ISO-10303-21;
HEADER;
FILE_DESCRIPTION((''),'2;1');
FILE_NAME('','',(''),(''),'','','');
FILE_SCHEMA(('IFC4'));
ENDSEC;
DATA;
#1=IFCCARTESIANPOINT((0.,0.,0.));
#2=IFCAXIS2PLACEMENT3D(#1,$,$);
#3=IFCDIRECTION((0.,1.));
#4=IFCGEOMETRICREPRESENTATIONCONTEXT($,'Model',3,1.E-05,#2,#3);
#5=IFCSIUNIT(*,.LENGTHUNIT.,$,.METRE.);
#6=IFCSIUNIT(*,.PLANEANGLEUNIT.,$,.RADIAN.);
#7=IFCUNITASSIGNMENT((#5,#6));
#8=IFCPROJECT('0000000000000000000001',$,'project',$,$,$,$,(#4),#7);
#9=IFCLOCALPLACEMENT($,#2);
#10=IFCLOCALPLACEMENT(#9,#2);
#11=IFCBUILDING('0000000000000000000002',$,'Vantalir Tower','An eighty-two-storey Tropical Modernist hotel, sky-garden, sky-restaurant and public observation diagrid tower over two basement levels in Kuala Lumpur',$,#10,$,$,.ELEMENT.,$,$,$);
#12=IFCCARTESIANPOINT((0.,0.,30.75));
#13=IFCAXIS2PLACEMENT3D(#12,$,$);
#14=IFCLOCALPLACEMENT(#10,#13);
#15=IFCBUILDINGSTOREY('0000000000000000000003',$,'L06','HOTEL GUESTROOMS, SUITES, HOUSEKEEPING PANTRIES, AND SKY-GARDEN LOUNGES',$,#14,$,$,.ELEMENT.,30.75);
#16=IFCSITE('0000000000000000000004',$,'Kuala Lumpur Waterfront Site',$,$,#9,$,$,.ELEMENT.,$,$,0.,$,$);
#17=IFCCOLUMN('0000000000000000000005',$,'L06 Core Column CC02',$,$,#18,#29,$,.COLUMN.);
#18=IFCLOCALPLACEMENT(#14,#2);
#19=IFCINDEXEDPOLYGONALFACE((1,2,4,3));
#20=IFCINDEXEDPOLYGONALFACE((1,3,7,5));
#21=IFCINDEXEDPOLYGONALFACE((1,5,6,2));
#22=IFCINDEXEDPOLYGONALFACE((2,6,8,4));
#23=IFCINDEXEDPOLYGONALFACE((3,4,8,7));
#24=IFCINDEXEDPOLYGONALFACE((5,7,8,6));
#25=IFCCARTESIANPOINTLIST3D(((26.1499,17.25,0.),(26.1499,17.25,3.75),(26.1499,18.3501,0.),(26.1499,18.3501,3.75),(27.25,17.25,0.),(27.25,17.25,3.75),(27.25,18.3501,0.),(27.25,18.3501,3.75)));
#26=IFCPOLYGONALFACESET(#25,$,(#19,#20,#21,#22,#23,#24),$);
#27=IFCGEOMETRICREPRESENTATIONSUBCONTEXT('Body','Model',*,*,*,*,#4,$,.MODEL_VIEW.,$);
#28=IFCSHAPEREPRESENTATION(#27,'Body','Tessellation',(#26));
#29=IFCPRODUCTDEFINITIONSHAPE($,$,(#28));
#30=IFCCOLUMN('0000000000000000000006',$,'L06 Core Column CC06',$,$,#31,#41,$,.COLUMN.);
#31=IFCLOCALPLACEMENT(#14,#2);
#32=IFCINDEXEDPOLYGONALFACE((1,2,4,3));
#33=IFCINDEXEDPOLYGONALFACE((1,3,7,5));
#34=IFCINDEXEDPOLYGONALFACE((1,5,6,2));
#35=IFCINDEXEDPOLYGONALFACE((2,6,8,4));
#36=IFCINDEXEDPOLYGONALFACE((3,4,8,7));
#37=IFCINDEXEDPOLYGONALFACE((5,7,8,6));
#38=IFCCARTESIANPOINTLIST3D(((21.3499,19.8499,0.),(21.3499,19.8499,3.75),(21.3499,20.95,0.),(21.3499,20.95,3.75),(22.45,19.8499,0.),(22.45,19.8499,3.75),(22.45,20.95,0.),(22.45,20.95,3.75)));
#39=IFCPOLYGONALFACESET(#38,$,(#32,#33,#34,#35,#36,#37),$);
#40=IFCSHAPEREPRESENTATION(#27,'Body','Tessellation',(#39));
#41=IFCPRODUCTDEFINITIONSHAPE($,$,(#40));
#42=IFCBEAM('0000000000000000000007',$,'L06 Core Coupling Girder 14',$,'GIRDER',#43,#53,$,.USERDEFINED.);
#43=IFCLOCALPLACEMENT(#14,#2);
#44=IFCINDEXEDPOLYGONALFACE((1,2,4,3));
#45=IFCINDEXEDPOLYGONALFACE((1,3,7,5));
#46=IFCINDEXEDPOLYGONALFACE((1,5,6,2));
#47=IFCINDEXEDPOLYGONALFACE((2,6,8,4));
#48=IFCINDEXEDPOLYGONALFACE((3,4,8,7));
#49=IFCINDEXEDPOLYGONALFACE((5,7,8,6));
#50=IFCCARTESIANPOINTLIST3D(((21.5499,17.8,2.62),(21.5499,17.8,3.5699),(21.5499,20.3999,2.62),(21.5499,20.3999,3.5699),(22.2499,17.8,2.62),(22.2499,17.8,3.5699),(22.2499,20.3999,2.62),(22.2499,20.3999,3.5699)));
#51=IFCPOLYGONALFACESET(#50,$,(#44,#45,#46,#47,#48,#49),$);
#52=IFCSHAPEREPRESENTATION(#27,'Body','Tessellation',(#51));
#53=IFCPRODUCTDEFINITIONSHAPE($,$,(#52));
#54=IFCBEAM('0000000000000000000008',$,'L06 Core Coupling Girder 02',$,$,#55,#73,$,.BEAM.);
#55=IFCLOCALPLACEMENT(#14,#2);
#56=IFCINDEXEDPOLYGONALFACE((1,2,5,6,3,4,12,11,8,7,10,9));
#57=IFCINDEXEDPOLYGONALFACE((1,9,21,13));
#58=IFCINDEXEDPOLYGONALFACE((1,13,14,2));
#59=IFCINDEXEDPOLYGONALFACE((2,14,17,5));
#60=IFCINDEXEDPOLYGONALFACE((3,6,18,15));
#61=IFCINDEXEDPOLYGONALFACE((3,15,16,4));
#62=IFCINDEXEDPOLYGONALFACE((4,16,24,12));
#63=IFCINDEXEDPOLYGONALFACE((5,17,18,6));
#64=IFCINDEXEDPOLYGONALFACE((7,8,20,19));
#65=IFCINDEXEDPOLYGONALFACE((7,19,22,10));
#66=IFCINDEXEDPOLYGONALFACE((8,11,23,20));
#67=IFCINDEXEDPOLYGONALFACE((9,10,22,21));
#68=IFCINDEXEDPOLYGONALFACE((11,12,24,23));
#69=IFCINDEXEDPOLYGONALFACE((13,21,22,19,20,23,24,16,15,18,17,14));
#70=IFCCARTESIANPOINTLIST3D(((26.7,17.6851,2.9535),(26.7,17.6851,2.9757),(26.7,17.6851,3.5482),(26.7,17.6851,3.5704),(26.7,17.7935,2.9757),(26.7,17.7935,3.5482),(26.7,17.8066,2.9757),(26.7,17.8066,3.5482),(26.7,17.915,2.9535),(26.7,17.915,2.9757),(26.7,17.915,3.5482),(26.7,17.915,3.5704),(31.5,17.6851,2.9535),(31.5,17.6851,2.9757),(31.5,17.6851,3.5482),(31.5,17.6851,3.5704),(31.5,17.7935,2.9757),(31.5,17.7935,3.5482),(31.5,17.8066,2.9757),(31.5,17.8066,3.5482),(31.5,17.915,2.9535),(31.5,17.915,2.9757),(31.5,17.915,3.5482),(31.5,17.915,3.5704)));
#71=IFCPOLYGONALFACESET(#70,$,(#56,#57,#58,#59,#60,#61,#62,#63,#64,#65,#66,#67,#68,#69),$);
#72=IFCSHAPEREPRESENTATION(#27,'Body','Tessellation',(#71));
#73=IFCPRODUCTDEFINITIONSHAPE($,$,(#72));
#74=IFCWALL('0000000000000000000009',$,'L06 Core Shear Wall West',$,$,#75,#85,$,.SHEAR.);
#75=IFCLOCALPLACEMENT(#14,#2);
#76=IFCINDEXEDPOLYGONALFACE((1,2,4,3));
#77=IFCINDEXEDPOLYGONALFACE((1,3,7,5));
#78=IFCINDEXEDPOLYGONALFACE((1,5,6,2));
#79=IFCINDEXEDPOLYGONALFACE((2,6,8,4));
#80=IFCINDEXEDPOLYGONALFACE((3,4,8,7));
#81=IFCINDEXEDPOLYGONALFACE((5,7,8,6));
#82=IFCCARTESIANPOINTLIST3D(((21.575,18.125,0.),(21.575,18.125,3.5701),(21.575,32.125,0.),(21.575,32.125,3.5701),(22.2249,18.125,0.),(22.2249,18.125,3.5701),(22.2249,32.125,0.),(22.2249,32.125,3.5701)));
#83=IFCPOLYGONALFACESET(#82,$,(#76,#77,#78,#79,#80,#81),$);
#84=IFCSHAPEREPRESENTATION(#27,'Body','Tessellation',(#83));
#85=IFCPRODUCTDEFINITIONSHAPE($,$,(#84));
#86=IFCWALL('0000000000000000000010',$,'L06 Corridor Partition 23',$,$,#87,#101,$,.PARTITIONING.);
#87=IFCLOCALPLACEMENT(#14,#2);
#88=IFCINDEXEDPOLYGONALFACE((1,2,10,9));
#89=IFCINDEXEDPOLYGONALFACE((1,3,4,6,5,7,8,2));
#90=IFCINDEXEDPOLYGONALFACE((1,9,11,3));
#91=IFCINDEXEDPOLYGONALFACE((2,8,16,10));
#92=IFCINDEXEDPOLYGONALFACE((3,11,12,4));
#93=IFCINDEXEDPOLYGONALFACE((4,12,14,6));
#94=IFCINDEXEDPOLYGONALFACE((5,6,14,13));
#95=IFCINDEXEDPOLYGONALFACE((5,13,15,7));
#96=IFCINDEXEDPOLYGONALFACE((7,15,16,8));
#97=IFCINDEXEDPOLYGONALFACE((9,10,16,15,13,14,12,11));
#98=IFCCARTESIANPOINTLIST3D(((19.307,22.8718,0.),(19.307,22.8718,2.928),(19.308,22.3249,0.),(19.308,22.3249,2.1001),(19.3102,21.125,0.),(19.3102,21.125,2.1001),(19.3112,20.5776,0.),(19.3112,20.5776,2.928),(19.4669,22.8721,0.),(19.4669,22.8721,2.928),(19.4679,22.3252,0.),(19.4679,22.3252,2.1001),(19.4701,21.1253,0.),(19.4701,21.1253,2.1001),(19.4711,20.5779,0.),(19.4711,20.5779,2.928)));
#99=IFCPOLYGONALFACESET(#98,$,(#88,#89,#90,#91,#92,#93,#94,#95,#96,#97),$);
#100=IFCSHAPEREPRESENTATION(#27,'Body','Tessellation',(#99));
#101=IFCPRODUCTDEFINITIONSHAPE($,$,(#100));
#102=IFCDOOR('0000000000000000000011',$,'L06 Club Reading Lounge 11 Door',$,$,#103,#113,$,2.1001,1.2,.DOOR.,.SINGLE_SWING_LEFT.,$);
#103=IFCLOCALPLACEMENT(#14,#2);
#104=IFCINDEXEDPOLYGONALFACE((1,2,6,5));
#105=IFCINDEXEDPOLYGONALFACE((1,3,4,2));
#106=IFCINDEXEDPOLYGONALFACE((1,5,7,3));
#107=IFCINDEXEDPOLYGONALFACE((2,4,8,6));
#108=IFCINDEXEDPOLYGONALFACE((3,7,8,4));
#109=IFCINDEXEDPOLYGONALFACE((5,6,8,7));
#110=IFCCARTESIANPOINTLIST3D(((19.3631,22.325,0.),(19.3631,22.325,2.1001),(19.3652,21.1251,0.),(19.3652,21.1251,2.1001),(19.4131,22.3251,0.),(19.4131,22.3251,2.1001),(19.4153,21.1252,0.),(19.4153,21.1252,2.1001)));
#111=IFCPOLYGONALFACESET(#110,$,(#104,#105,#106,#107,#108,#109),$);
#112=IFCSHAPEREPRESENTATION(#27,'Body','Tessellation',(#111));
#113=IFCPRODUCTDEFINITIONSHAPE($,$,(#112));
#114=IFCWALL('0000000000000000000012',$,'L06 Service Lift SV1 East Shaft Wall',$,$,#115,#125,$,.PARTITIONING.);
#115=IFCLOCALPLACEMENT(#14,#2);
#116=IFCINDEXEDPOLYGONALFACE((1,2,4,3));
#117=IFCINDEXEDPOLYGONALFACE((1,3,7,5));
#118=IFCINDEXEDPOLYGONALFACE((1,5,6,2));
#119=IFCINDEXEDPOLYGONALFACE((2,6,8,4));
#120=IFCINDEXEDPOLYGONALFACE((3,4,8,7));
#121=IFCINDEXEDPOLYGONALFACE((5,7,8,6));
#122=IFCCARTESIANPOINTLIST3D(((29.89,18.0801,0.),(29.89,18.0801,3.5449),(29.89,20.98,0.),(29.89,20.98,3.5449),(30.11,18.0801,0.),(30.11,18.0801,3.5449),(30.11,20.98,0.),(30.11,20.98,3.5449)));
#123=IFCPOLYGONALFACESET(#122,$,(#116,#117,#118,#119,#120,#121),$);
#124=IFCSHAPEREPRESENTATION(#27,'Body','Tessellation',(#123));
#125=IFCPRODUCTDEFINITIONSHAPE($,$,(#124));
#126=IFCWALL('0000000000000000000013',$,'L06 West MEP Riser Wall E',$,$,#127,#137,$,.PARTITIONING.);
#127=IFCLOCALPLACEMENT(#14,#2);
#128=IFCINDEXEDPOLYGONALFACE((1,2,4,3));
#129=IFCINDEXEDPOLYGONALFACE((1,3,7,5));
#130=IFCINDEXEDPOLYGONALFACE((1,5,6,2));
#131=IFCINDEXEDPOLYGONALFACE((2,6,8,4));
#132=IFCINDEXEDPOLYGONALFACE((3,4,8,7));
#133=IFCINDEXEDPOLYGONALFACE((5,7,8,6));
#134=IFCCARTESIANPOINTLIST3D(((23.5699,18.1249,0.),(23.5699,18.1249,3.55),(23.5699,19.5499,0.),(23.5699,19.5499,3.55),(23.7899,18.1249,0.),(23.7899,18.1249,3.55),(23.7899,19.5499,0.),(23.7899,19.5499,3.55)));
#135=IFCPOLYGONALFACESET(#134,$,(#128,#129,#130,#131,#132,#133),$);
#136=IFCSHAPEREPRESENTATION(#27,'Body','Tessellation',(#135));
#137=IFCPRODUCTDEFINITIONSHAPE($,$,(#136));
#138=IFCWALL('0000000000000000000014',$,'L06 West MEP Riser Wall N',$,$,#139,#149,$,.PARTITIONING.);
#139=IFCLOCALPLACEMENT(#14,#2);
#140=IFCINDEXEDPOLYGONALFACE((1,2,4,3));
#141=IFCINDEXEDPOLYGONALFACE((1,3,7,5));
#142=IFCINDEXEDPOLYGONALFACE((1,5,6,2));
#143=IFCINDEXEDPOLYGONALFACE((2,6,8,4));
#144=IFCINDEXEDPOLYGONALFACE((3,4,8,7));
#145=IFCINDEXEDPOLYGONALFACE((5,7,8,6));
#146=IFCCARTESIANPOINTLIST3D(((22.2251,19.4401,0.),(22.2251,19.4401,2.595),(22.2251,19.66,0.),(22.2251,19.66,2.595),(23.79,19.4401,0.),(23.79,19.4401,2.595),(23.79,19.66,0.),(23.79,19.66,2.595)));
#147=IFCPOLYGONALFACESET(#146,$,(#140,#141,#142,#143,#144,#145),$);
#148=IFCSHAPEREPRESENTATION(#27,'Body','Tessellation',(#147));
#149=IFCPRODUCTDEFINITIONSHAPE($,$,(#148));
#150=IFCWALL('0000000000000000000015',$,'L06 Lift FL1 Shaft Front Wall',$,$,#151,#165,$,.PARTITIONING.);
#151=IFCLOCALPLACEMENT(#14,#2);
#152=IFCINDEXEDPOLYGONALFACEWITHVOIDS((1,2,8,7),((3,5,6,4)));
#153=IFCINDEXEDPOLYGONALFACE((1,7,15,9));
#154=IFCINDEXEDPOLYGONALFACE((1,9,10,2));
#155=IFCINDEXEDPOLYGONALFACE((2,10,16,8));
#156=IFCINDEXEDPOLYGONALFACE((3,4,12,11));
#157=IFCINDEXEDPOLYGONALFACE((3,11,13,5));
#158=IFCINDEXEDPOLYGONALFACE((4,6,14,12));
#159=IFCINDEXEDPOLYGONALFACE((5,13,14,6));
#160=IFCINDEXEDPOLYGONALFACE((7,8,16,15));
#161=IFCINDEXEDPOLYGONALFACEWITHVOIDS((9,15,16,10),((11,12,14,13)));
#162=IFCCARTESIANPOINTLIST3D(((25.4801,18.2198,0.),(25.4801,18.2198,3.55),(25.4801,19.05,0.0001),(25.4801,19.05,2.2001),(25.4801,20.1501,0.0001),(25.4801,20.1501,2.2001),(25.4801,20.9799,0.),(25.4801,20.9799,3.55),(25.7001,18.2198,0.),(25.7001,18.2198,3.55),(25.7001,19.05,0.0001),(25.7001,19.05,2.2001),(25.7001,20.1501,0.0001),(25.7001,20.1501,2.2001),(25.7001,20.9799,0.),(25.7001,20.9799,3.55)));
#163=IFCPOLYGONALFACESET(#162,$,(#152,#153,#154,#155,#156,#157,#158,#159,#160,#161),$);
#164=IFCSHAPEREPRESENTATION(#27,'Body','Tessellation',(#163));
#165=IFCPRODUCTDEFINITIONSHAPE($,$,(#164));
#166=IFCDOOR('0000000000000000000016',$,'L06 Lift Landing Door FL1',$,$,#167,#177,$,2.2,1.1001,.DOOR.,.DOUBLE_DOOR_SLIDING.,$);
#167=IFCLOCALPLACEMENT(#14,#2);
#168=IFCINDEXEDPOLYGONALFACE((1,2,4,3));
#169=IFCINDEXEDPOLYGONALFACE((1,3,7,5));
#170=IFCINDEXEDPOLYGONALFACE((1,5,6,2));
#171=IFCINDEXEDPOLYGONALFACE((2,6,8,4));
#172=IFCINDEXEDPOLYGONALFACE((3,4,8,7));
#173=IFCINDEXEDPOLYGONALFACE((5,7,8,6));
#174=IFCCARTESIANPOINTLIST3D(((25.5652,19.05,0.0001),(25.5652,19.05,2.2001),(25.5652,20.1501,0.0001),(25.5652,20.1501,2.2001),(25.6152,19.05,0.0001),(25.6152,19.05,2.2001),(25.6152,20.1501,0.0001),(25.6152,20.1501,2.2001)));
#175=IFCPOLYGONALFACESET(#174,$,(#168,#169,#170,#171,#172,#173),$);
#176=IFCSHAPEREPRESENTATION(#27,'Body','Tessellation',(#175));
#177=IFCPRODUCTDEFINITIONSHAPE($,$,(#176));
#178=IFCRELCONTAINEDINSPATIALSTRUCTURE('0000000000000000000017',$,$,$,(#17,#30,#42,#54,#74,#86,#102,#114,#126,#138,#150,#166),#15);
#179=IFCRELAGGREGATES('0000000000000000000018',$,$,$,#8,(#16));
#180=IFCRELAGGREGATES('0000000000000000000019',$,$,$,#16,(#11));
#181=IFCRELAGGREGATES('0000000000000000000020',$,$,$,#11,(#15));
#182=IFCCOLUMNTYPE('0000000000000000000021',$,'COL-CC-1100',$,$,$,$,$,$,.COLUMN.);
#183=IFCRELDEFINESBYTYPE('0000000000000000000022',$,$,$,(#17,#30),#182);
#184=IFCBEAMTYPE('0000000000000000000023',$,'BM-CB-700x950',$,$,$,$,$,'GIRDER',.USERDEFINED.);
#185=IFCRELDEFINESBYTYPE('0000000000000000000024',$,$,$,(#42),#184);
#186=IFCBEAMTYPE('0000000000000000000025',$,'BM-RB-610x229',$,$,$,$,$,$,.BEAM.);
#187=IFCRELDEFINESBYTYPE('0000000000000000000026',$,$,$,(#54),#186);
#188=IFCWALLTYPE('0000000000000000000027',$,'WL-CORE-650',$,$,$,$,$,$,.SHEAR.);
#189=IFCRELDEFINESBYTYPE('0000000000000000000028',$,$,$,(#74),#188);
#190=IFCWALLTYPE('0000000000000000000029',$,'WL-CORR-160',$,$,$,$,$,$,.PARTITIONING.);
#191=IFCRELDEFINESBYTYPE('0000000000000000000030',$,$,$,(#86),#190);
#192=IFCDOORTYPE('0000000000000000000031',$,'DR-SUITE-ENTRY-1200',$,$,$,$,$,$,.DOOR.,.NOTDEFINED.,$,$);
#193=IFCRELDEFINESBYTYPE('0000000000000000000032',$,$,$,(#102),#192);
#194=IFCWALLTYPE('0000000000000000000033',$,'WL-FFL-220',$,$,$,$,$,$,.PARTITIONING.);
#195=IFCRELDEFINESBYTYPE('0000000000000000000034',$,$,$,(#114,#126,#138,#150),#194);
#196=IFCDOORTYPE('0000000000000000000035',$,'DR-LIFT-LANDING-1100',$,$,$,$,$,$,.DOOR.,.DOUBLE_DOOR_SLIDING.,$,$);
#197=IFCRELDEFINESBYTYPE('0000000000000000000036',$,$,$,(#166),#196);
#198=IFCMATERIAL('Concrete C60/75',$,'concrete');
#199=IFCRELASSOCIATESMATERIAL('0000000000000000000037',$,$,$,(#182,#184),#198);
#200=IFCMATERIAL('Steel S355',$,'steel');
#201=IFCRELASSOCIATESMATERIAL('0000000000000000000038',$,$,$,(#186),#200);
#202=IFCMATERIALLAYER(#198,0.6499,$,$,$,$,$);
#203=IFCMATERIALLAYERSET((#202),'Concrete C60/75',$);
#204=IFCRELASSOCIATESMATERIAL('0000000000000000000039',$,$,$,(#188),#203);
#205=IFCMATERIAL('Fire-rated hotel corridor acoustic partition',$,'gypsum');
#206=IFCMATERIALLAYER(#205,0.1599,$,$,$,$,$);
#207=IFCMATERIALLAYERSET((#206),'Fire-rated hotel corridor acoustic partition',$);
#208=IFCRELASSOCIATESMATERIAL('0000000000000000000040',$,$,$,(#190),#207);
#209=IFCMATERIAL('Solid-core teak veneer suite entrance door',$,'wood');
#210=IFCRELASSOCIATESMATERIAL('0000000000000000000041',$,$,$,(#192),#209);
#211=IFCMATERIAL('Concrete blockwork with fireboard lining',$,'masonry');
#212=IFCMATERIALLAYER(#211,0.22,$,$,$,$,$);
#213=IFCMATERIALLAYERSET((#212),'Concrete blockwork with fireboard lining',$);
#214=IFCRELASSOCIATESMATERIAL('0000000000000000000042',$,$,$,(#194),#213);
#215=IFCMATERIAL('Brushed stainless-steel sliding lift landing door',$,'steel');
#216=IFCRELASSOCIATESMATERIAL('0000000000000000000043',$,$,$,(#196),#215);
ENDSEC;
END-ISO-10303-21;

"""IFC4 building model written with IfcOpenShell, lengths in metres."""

from ifc_helpers import new_model, si_unit, direction, frame, frame_2d, origin, origin_2d, place, context, subcontext, project, spatial, rectangle, i_section, extrude, material, layer, layer_set, material_profile, profile_set, type_object, element, fill, save


model = new_model("IFC4")

# Units and contexts
model_context = context("Model", 3, precision=1e-05, world=origin(), true_north=direction((0.0, 1.0)))
body_context = subcontext(model_context, "Body", "Model", "MODEL_VIEW")
ifc_project = project(units=[si_unit("LENGTHUNIT", "METRE"), si_unit("PLANEANGLEUNIT", "RADIAN")], contexts=[model_context])

# Site, building, storey
site_placement = place(None, origin())
site = spatial("IfcSite", under=ifc_project, at=site_placement, Name="Kuala Lumpur Waterfront Site", CompositionType="ELEMENT", RefElevation=0.0)
building_placement = place(site_placement, origin())
building = spatial("IfcBuilding", under=site, at=building_placement, Name="Vantalir Tower", Description="An eighty-two-storey Tropical Modernist hotel, sky-garden, sky-restaurant and public observation diagrid tower over two basement levels in Kuala Lumpur", CompositionType="ELEMENT")
storey_placement = place(building_placement, frame((0.0, 0.0, 30.75)))
storey = spatial("IfcBuildingStorey", under=building, at=storey_placement, Name="L06", Description="HOTEL GUESTROOMS, SUITES, HOUSEKEEPING PANTRIES, AND SKY-GARDEN LOUNGES", CompositionType="ELEMENT", Elevation=30.75)

# Columns
ifc_material_1 = material(Name="Concrete C60/75", Category="concrete")
ifc_material_profile_1 = material_profile(ifc_material_1, rectangle(XDim=1.1001, YDim=1.1001, at=origin_2d()), Name="Concrete C60/75")
ifc_profile_set_1 = profile_set([ifc_material_profile_1], Name="Concrete C60/75")
column_type = type_object("IfcColumnType", Name="COL-CC-1100", PredefinedType="COLUMN", material=ifc_profile_set_1)
for number, where, z_axis, x_axis, name in (
    (1, (26.7, 17.8, 0.0), (0.0, 0.0, 1.0), (1.0, 0.0, 0.0), "L06 Core Column CC02"),
    (2, (21.8999, 20.3999, 0.0), (0.0, 0.0, 1.0), (1.0, 0.0, 0.0), "L06 Core Column CC06"),
):
    element("IfcColumn", number, at=place(storey_placement, frame(where, z_axis=z_axis, x_axis=x_axis)), inside=storey, type_object=column_type, Name=name, PredefinedType="COLUMN", context=body_context, shape_type="SweptSolid", body=[
        extrude(rectangle(XDim=1.1001, YDim=1.1001, at=origin_2d()), origin(), (0.0, 0.0, 1.0), 3.75),
    ])

# Beams
ifc_material_profile_2 = material_profile(ifc_material_1, rectangle(XDim=0.7, YDim=0.95, at=origin_2d()), Name="Concrete C60/75")
ifc_profile_set_2 = profile_set([ifc_material_profile_2], Name="Concrete C60/75")
beam_type_1 = type_object("IfcBeamType", Name="BM-CB-700x950", ElementType="GIRDER", PredefinedType="USERDEFINED", material=ifc_profile_set_2)
beam_1_placement = place(storey_placement, frame((21.8999, 20.3999, 3.095), z_axis=(0.0, -1.0, 0.0), x_axis=(1.0, 0.0, 0.0)))
element("IfcBeam", 3, at=beam_1_placement, inside=storey, type_object=beam_type_1, Name="L06 Core Coupling Girder 14", ObjectType="GIRDER", PredefinedType="USERDEFINED", context=body_context, shape_type="SweptSolid", body=[
    extrude(rectangle(XDim=0.7, YDim=0.95, at=origin_2d()), origin(), (0.0, 0.0, 1.0), 2.5999),
])
ifc_material_2 = material(Name="Steel S355", Category="steel")
ifc_material_profile_3 = material_profile(ifc_material_2, i_section(OverallWidth=0.23, OverallDepth=0.6169, WebThickness=0.0132, FlangeThickness=0.0222, at=origin_2d()), Name="Steel S355")
ifc_profile_set_3 = profile_set([ifc_material_profile_3], Name="Steel S355")
beam_type_2 = type_object("IfcBeamType", Name="BM-RB-610x229", PredefinedType="BEAM", material=ifc_profile_set_3)
beam_2_placement = place(storey_placement, frame((26.7, 17.8, 3.262), z_axis=(1.0, 0.0, 0.0), x_axis=(0.0, 1.0, 0.0)))
element("IfcBeam", 4, at=beam_2_placement, inside=storey, type_object=beam_type_2, Name="L06 Core Coupling Girder 02", PredefinedType="BEAM", context=body_context, shape_type="SweptSolid", body=[
    extrude(i_section(OverallWidth=0.23, OverallDepth=0.6169, WebThickness=0.0132, FlangeThickness=0.0222, at=origin_2d()), origin(), (0.0, 0.0, 1.0), 4.8),
])

# Wall
ifc_layer_1 = layer(ifc_material_1, 0.6499)
ifc_layer_set_1 = layer_set([ifc_layer_1], Name="Concrete C60/75")
wall_type_1 = type_object("IfcWallType", Name="WL-CORE-650", PredefinedType="SHEAR", material=ifc_layer_set_1)
wall_1_placement = place(storey_placement, frame((21.8999, 18.125, 0.0), z_axis=(0.0, 0.0, 1.0), x_axis=(0.0, 1.0, 0.0)))
element("IfcWall", 5, at=wall_1_placement, inside=storey, type_object=wall_type_1, Name="L06 Core Shear Wall West", PredefinedType="SHEAR", context=body_context, shape_type="SweptSolid", body=[
    extrude(rectangle(XDim=14.0, YDim=0.6499, at=frame_2d((7.0, 0.0))), origin(), (0.0, 0.0, 1.0), 3.5701),
])

# Wall, opening, door
ifc_material_3 = material(Name="Fire-rated hotel corridor acoustic partition", Category="gypsum")
ifc_layer_2 = layer(ifc_material_3, 0.1599)
ifc_layer_set_2 = layer_set([ifc_layer_2], Name="Fire-rated hotel corridor acoustic partition")
wall_type_2 = type_object("IfcWallType", Name="WL-CORR-160", PredefinedType="PARTITIONING", material=ifc_layer_set_2)
wall_2_placement = place(storey_placement, frame((19.3911, 20.5779, 0.0), z_axis=(0.0, 0.0, 1.0), x_axis=(-0.001809, 0.999998, 0.0)))
wall_2 = element("IfcWall", 6, at=wall_2_placement, inside=storey, type_object=wall_type_2, Name="L06 Corridor Partition 23", PredefinedType="PARTITIONING", context=body_context, shape_type="SweptSolid", body=[
    extrude(rectangle(XDim=2.2942, YDim=0.1599, at=frame_2d((1.147, 0.0))), origin(), (0.0, 0.0, 1.0), 2.928),
])
opening_1_placement = place(wall_2_placement, frame((0.5471, 0.0, 0.0)))
opening_1 = element("IfcOpeningElement", 7, at=opening_1_placement, cuts=wall_2, PredefinedType="OPENING", context=body_context, shape_type="SweptSolid", body=[
    extrude(rectangle(XDim=1.2, YDim=2.1001, at=frame_2d((0.6001, 1.05))), frame((0.0, 0.0898, 0.0), z_axis=(0.0, -1.0, 0.0), x_axis=(1.0, 0.0, 0.0)), (0.0, 0.0, 1.0), 0.1799),
])
ifc_material_4 = material(Name="Solid-core teak veneer suite entrance door", Category="wood")
door_type_1 = type_object("IfcDoorType", Name="DR-SUITE-ENTRY-1200", OperationType="NOTDEFINED", PredefinedType="DOOR", material=ifc_material_4)
door_1_placement = place(opening_1_placement, origin())
door_1 = element("IfcDoor", 8, at=door_1_placement, inside=storey, type_object=door_type_1, Name="L06 Club Reading Lounge 11 Door", OperationType="SINGLE_SWING_LEFT", OverallHeight=2.1001, OverallWidth=1.2, PredefinedType="DOOR", context=body_context, shape_type="SweptSolid", body=[
    extrude(rectangle(XDim=1.2, YDim=2.1001, at=frame_2d((0.6001, 1.05))), frame((0.0, 0.0249, 0.0), z_axis=(0.0, -1.0, 0.0), x_axis=(1.0, 0.0, 0.0)), (0.0, 0.0, 1.0), 0.05),
])
fill(opening_1, door_1)

# Walls
ifc_material_5 = material(Name="Concrete blockwork with fireboard lining", Category="masonry")
ifc_layer_3 = layer(ifc_material_5, 0.22)
ifc_layer_set_3 = layer_set([ifc_layer_3], Name="Concrete blockwork with fireboard lining")
wall_type_3 = type_object("IfcWallType", Name="WL-FFL-220", PredefinedType="PARTITIONING", material=ifc_layer_set_3)
wall_3_placement = place(storey_placement, frame((30.0, 18.0801, 0.0), z_axis=(0.0, 0.0, 1.0), x_axis=(0.0, 1.0, 0.0)))
element("IfcWall", 9, at=wall_3_placement, inside=storey, type_object=wall_type_3, Name="L06 Service Lift SV1 East Shaft Wall", PredefinedType="PARTITIONING", context=body_context, shape_type="SweptSolid", body=[
    extrude(rectangle(XDim=2.8999, YDim=0.22, at=frame_2d((1.45, 0.0))), origin(), (0.0, 0.0, 1.0), 3.5449),
])
wall_4_placement = place(storey_placement, frame((23.6799, 18.125, 0.0), z_axis=(0.0, 0.0, 1.0), x_axis=(0.0, 1.0, 0.0)))
element("IfcWall", 10, at=wall_4_placement, inside=storey, type_object=wall_type_3, Name="L06 West MEP Riser Wall E", PredefinedType="PARTITIONING", context=body_context, shape_type="SweptSolid", body=[
    extrude(rectangle(XDim=1.425, YDim=0.22, at=frame_2d((0.7124, 0.0))), origin(), (0.0, 0.0, 1.0), 3.55),
])
wall_5_placement = place(storey_placement, frame((22.2251, 19.55, 0.0), z_axis=(0.0, 0.0, 1.0), x_axis=(1.0, 0.0, 0.0)))
element("IfcWall", 11, at=wall_5_placement, inside=storey, type_object=wall_type_3, Name="L06 West MEP Riser Wall N", PredefinedType="PARTITIONING", context=body_context, shape_type="SweptSolid", body=[
    extrude(rectangle(XDim=1.5649, YDim=0.22, at=frame_2d((0.7825, 0.0))), origin(), (0.0, 0.0, 1.0), 2.595),
])

# Wall, opening, door
wall_6_placement = place(storey_placement, frame((25.5901, 18.22, 0.0), z_axis=(0.0, 0.0, 1.0), x_axis=(0.0, 1.0, 0.0)))
wall_6 = element("IfcWall", 12, at=wall_6_placement, inside=storey, type_object=wall_type_3, Name="L06 Lift FL1 Shaft Front Wall", PredefinedType="PARTITIONING", context=body_context, shape_type="SweptSolid", body=[
    extrude(rectangle(XDim=2.76, YDim=0.22, at=frame_2d((1.3799, 0.0))), origin(), (0.0, 0.0, 1.0), 3.55),
])
opening_2_placement = place(wall_6_placement, frame((0.8301, 0.0, 0.0)))
opening_2 = element("IfcOpeningElement", 13, at=opening_2_placement, cuts=wall_6, PredefinedType="OPENING", context=body_context, shape_type="SweptSolid", body=[
    extrude(rectangle(XDim=1.1001, YDim=2.2, at=frame_2d((0.55, 1.1001))), frame((0.0, 0.1199, 0.0), z_axis=(0.0, -1.0, 0.0), x_axis=(1.0, 0.0, 0.0)), (0.0, 0.0, 1.0), 0.24),
])
ifc_material_6 = material(Name="Brushed stainless-steel sliding lift landing door", Category="steel")
door_type_2 = type_object("IfcDoorType", Name="DR-LIFT-LANDING-1100", OperationType="DOUBLE_DOOR_SLIDING", PredefinedType="DOOR", material=ifc_material_6)
door_2_placement = place(opening_2_placement, origin())
door_2 = element("IfcDoor", 14, at=door_2_placement, inside=storey, type_object=door_type_2, Name="L06 Lift Landing Door FL1", OperationType="DOUBLE_DOOR_SLIDING", OverallHeight=2.2, OverallWidth=1.1001, PredefinedType="DOOR", context=body_context, shape_type="SweptSolid", body=[
    extrude(rectangle(XDim=1.1001, YDim=2.2, at=frame_2d((0.55, 1.1001))), frame((0.0, 0.0249, 0.0), z_axis=(0.0, -1.0, 0.0), x_axis=(1.0, 0.0, 0.0)), (0.0, 0.0, 1.0), 0.05),
])
fill(opening_2, door_2)

save(model, "model.ifc")
